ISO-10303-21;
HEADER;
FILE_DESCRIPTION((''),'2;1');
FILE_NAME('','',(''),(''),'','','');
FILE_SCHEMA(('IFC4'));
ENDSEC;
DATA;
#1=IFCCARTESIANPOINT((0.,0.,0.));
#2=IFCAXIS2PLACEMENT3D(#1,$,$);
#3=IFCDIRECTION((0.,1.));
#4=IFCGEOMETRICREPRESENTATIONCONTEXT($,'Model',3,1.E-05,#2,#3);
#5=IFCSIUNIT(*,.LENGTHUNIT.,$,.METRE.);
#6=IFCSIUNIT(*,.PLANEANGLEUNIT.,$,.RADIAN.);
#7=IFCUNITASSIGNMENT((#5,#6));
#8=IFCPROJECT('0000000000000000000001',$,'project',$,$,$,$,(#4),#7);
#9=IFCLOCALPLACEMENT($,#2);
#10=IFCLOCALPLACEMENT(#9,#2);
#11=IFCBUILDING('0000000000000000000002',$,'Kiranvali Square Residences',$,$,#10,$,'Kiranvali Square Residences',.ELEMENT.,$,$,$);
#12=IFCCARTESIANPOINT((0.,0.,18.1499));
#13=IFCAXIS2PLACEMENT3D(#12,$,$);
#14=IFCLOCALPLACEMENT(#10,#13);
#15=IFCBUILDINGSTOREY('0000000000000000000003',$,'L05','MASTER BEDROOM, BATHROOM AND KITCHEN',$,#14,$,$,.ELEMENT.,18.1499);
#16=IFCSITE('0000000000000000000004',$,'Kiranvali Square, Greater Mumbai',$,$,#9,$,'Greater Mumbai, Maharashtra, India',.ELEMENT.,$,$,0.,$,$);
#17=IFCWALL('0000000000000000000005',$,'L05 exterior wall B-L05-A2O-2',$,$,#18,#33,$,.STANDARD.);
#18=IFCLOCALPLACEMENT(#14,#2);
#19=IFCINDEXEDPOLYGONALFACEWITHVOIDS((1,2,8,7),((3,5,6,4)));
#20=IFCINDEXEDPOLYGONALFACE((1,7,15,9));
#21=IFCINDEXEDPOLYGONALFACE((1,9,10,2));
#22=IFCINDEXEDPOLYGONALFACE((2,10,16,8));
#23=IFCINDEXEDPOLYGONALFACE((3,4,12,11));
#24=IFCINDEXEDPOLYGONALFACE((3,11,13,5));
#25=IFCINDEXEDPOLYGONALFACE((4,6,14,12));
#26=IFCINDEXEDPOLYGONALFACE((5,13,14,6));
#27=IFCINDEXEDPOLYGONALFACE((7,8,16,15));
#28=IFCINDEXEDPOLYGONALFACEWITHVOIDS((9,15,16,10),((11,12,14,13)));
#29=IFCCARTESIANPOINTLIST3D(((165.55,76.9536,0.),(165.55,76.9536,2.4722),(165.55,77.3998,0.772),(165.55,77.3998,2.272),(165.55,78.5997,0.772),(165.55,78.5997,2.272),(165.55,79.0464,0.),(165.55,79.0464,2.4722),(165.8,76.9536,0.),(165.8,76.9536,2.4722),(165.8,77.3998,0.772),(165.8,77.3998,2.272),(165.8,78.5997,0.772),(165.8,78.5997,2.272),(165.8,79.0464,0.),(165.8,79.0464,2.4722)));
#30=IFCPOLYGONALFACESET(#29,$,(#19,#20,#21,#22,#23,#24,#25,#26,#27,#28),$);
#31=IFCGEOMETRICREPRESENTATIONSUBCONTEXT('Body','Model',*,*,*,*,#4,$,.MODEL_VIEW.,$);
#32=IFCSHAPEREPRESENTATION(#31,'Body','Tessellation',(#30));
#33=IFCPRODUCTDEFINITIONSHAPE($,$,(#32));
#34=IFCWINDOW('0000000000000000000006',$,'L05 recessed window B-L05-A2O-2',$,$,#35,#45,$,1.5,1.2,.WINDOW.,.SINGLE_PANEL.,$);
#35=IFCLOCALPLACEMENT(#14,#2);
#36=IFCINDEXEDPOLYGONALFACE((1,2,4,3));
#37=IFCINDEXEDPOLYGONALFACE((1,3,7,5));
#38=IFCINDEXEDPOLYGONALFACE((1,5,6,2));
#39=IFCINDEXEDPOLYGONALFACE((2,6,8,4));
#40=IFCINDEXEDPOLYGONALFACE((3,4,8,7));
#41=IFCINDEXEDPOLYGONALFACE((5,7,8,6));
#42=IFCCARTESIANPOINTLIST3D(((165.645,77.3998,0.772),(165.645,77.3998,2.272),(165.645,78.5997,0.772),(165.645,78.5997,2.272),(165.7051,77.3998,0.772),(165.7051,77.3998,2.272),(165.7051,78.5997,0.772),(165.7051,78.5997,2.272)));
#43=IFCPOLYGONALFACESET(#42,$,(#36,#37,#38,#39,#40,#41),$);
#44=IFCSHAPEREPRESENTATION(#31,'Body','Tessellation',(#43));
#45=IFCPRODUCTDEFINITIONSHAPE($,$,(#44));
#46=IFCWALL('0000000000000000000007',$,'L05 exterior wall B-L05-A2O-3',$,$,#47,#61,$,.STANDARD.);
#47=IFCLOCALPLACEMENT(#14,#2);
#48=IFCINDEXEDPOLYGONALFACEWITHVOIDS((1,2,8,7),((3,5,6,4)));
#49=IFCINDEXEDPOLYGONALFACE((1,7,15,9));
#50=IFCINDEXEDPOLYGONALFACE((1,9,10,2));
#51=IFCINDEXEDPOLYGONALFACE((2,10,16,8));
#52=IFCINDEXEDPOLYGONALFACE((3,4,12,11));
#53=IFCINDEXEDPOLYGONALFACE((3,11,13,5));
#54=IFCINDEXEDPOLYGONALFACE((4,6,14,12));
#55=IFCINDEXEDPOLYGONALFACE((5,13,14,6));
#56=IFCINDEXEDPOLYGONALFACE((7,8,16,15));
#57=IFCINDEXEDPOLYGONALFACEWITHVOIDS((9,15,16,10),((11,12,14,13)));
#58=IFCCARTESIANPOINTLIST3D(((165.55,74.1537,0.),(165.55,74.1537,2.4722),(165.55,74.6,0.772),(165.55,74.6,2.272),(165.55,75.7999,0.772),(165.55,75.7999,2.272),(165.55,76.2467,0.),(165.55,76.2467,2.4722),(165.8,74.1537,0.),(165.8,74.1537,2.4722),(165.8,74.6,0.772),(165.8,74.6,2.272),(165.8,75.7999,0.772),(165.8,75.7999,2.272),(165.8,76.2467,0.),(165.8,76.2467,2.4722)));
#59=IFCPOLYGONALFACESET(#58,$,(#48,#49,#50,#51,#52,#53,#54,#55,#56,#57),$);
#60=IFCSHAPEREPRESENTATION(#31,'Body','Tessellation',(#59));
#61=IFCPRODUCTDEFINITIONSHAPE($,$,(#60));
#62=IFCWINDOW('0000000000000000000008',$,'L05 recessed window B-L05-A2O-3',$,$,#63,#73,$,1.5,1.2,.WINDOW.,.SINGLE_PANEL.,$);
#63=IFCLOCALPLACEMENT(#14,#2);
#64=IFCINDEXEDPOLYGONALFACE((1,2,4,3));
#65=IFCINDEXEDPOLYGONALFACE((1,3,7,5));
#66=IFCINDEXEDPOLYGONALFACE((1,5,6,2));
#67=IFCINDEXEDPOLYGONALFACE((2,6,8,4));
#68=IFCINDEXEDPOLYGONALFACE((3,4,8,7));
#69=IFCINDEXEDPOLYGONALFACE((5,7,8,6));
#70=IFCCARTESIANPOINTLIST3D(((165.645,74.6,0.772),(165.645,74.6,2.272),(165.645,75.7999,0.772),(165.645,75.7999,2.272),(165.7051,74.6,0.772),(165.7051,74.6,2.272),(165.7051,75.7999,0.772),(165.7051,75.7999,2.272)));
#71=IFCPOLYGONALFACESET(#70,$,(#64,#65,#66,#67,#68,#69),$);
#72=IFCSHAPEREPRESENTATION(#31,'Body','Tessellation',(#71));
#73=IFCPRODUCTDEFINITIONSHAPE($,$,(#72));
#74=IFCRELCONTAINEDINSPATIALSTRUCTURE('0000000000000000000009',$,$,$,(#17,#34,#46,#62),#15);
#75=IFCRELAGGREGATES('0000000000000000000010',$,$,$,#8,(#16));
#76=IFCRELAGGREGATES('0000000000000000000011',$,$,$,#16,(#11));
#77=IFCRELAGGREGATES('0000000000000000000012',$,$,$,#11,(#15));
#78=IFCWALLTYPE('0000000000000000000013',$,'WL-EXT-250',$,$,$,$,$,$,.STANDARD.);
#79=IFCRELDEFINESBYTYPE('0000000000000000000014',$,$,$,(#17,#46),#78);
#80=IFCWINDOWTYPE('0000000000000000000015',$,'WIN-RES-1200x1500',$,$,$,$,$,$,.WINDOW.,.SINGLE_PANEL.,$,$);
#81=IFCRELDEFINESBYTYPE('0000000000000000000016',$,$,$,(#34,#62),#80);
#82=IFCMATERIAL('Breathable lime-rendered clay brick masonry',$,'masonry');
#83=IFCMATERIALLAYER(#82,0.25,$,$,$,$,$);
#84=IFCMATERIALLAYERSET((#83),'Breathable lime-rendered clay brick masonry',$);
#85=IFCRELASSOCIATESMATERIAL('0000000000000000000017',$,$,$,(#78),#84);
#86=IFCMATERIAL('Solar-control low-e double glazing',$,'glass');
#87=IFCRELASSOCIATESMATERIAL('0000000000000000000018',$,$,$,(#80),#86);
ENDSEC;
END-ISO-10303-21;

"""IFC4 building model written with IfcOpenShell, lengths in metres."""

from ifc_helpers import new_model, si_unit, direction, frame, frame_2d, origin, place, context, subcontext, project, spatial, rectangle, extrude, material, layer, layer_set, type_object, element, fill, save


model = new_model("IFC4")

# Units and contexts
model_context = context("Model", 3, precision=1e-05, world=origin(), true_north=direction((0.0, 1.0)))
body_context = subcontext(model_context, "Body", "Model", "MODEL_VIEW")
ifc_project = project(units=[si_unit("LENGTHUNIT", "METRE"), si_unit("PLANEANGLEUNIT", "RADIAN")], contexts=[model_context])

# Site, building, storey
site_placement = place(None, origin())
site = spatial("IfcSite", under=ifc_project, at=site_placement, Name="Kiranvali Square, Greater Mumbai", LongName="Greater Mumbai, Maharashtra, India", CompositionType="ELEMENT", RefElevation=0.0)
building_placement = place(site_placement, origin())
building = spatial("IfcBuilding", under=site, at=building_placement, Name="Kiranvali Square Residences", LongName="Kiranvali Square Residences", CompositionType="ELEMENT")
storey_placement = place(building_placement, frame((0.0, 0.0, 18.1499)))
storey = spatial("IfcBuildingStorey", under=building, at=storey_placement, Name="L05", Description="MASTER BEDROOM, BATHROOM AND KITCHEN", CompositionType="ELEMENT", Elevation=18.1499)

# Walls, openings, windows
ifc_material_1 = material(Name="Breathable lime-rendered clay brick masonry", Category="masonry")
ifc_layer = layer(ifc_material_1, 0.25)
ifc_layer_set = layer_set([ifc_layer], Name="Breathable lime-rendered clay brick masonry")
wall_type = type_object("IfcWallType", Name="WL-EXT-250", PredefinedType="STANDARD", material=ifc_layer_set)
wall_1_placement = place(storey_placement, frame((165.675, 79.0464, 0.0), z_axis=(0.0, 0.0, 1.0), x_axis=(0.0, -1.0, 0.0)))
wall_1 = element("IfcWall", 1, at=wall_1_placement, inside=storey, type_object=wall_type, Name="L05 exterior wall B-L05-A2O-2", PredefinedType="STANDARD", context=body_context, shape_type="SweptSolid", body=[
    extrude(rectangle(XDim=2.0928, YDim=0.25, at=frame_2d((1.0464, 0.0))), origin(), (0.0, 0.0, 1.0), 2.4722),
])
opening_1_placement = place(wall_1_placement, frame((0.4465, 0.0, 0.772)))
opening_1 = element("IfcOpeningElement", 2, at=opening_1_placement, cuts=wall_1, PredefinedType="OPENING", context=body_context, shape_type="SweptSolid", body=[
    extrude(rectangle(XDim=1.2, YDim=1.5, at=frame_2d((0.6001, 0.75))), frame((0.0, 0.135, 0.0), z_axis=(0.0, -1.0, 0.0), x_axis=(1.0, 0.0, 0.0)), (0.0, 0.0, 1.0), 0.27),
])
ifc_material_2 = material(Name="Solar-control low-e double glazing", Category="glass")
window_type = type_object("IfcWindowType", Name="WIN-RES-1200x1500", PartitioningType="SINGLE_PANEL", PredefinedType="WINDOW", material=ifc_material_2)
window_1_placement = place(opening_1_placement, origin())
window_1 = element("IfcWindow", 3, at=window_1_placement, inside=storey, type_object=window_type, Name="L05 recessed window B-L05-A2O-2", OverallHeight=1.5, OverallWidth=1.2, PartitioningType="SINGLE_PANEL", PredefinedType="WINDOW", context=body_context, shape_type="SweptSolid", body=[
    extrude(rectangle(XDim=1.2, YDim=1.5, at=frame_2d((0.6001, 0.75))), frame((0.0, 0.03, 0.0), z_axis=(0.0, -1.0, 0.0), x_axis=(1.0, 0.0, 0.0)), (0.0, 0.0, 1.0), 0.0601),
])
fill(opening_1, window_1)
wall_2_placement = place(storey_placement, frame((165.675, 76.2466, 0.0), z_axis=(0.0, 0.0, 1.0), x_axis=(0.0, -1.0, 0.0)))
wall_2 = element("IfcWall", 4, at=wall_2_placement, inside=storey, type_object=wall_type, Name="L05 exterior wall B-L05-A2O-3", PredefinedType="STANDARD", context=body_context, shape_type="SweptSolid", body=[
    extrude(rectangle(XDim=2.093, YDim=0.25, at=frame_2d((1.0464, 0.0))), origin(), (0.0, 0.0, 1.0), 2.4722),
])
opening_2_placement = place(wall_2_placement, frame((0.4465, 0.0, 0.772)))
opening_2 = element("IfcOpeningElement", 5, at=opening_2_placement, cuts=wall_2, PredefinedType="OPENING", context=body_context, shape_type="SweptSolid", body=[
    extrude(rectangle(XDim=1.2, YDim=1.5, at=frame_2d((0.6001, 0.75))), frame((0.0, 0.135, 0.0), z_axis=(0.0, -1.0, 0.0), x_axis=(1.0, 0.0, 0.0)), (0.0, 0.0, 1.0), 0.27),
])
window_2_placement = place(opening_2_placement, origin())
window_2 = element("IfcWindow", 6, at=window_2_placement, inside=storey, type_object=window_type, Name="L05 recessed window B-L05-A2O-3", OverallHeight=1.5, OverallWidth=1.2, PartitioningType="SINGLE_PANEL", PredefinedType="WINDOW", context=body_context, shape_type="SweptSolid", body=[
    extrude(rectangle(XDim=1.2, YDim=1.5, at=frame_2d((0.6001, 0.75))), frame((0.0, 0.03, 0.0), z_axis=(0.0, -1.0, 0.0), x_axis=(1.0, 0.0, 0.0)), (0.0, 0.0, 1.0), 0.0601),
])
fill(opening_2, window_2)

save(model, "model.ifc")
